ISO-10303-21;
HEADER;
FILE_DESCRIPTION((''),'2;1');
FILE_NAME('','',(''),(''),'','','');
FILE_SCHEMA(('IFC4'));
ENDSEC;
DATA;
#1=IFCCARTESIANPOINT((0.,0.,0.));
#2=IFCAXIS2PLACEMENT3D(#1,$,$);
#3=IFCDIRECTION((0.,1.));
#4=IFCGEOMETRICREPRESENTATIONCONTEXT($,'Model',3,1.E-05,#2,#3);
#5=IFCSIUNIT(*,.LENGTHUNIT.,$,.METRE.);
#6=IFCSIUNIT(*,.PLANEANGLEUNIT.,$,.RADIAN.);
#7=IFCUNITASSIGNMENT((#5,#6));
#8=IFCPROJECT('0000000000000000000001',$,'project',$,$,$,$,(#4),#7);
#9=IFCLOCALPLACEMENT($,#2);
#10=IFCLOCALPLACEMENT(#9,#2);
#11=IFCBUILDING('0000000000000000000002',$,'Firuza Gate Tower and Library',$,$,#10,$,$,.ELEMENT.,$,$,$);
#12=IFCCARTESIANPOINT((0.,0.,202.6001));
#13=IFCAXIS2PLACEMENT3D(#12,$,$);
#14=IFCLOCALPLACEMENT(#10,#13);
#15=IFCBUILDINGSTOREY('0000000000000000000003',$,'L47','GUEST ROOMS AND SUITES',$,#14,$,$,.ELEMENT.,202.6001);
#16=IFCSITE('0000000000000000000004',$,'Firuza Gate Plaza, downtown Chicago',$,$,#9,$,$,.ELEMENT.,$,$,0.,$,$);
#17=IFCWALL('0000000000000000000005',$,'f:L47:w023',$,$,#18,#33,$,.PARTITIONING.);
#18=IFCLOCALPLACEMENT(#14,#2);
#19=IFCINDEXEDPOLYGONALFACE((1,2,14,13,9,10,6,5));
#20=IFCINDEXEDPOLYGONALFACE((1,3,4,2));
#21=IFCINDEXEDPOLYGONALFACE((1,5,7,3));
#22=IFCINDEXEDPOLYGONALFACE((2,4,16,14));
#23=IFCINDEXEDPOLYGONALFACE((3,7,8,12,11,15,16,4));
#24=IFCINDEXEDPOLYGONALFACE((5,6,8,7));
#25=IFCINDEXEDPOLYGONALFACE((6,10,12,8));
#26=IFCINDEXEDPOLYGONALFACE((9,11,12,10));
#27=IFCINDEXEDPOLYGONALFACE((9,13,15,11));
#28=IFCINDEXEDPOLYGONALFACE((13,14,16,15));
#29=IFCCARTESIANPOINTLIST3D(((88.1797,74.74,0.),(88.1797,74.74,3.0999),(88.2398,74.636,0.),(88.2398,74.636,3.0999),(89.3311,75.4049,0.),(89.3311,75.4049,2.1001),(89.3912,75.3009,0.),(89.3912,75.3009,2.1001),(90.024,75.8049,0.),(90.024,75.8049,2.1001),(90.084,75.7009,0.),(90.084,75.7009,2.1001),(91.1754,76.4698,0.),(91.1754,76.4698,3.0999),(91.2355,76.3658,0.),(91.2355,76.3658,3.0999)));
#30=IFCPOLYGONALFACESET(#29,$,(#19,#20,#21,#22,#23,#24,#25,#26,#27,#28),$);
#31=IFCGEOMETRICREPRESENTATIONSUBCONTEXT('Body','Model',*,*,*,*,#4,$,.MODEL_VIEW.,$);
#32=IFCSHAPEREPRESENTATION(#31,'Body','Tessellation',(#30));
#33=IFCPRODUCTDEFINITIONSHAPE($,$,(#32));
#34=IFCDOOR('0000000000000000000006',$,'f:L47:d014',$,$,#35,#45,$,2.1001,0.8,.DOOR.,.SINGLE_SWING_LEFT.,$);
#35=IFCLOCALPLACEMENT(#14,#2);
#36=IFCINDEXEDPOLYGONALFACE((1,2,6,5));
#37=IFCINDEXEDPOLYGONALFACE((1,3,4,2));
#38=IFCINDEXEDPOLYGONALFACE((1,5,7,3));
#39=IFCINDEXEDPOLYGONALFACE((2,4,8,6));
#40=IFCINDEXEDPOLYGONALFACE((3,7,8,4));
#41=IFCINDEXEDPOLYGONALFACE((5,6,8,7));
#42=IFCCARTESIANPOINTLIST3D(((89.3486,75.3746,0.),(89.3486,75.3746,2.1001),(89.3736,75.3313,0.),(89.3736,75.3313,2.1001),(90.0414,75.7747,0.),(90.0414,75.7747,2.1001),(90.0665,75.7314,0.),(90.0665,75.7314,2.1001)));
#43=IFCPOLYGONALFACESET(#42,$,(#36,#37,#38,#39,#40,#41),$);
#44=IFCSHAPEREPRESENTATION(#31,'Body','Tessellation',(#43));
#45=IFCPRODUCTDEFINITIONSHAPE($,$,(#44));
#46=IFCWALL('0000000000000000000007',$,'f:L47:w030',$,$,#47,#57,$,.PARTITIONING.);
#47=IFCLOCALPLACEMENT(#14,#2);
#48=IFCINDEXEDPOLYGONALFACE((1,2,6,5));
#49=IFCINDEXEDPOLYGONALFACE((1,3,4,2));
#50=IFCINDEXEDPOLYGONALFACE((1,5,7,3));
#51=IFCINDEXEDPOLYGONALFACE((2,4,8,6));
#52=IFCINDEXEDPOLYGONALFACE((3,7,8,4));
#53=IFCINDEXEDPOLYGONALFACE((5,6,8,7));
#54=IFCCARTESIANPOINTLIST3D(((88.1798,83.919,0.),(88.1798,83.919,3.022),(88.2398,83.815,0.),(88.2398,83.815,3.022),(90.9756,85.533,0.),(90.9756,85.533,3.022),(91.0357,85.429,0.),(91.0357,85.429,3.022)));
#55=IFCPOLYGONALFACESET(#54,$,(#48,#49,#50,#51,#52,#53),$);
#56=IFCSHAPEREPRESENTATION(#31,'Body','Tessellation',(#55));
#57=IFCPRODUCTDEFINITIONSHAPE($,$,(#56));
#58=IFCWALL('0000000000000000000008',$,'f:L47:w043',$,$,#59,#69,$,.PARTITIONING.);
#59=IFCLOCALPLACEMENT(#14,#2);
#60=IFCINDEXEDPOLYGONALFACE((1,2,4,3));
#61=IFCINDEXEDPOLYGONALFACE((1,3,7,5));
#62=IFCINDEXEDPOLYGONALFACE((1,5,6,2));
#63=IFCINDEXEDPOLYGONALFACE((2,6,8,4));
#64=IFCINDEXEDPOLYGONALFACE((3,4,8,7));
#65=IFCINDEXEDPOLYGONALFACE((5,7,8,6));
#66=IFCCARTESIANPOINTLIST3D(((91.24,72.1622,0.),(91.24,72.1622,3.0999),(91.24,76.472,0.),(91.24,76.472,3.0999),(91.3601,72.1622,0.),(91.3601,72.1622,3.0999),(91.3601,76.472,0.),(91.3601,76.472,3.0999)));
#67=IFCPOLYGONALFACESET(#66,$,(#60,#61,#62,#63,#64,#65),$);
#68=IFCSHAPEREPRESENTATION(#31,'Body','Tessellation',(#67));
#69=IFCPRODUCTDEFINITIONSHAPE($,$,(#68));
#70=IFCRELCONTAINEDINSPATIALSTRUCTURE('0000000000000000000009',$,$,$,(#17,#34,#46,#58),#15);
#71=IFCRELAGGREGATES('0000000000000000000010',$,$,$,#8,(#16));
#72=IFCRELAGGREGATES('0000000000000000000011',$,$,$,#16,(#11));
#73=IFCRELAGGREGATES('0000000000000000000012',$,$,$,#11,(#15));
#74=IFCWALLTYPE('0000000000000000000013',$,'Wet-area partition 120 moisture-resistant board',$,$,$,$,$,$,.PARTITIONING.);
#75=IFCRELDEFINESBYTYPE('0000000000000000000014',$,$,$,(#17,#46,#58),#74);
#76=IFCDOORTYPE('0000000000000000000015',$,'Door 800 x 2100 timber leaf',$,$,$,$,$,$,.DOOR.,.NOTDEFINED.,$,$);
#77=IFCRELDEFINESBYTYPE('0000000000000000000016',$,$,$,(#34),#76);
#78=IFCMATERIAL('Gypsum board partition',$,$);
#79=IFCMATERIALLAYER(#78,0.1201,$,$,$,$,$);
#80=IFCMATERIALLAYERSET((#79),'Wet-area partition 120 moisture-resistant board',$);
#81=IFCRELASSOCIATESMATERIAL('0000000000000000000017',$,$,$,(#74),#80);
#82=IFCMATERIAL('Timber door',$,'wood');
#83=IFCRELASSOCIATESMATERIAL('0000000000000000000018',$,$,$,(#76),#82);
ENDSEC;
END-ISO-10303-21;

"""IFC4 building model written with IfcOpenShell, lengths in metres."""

from ifc_helpers import new_model, si_unit, direction, frame, frame_2d, origin, place, context, subcontext, project, spatial, rectangle, extrude, material, layer, layer_set, type_object, element, fill, save


model = new_model("IFC4")

# Units and contexts
model_context = context("Model", 3, precision=1e-05, world=origin(), true_north=direction((0.0, 1.0)))
body_context = subcontext(model_context, "Body", "Model", "MODEL_VIEW")
ifc_project = project(units=[si_unit("LENGTHUNIT", "METRE"), si_unit("PLANEANGLEUNIT", "RADIAN")], contexts=[model_context])

# Site, building, storey
site_placement = place(None, origin())
site = spatial("IfcSite", under=ifc_project, at=site_placement, Name="Firuza Gate Plaza, downtown Chicago", CompositionType="ELEMENT", RefElevation=0.0)
building_placement = place(site_placement, origin())
building = spatial("IfcBuilding", under=site, at=building_placement, Name="Firuza Gate Tower and Library", CompositionType="ELEMENT")
storey_placement = place(building_placement, frame((0.0, 0.0, 202.6001)))
storey = spatial("IfcBuildingStorey", under=building, at=storey_placement, Name="L47", Description="GUEST ROOMS AND SUITES", CompositionType="ELEMENT", Elevation=202.6001)

# Wall, opening, door
ifc_material_1 = material(Name="Gypsum board partition")
ifc_layer_1 = layer(ifc_material_1, 0.1201)
ifc_layer_set_1 = layer_set([ifc_layer_1], Name="Wet-area partition 120 moisture-resistant board")
wall_type_1 = type_object("IfcWallType", Name="Wet-area partition 120 moisture-resistant board", PredefinedType="PARTITIONING", material=ifc_layer_set_1)
wall_1_placement = place(storey_placement, frame((91.2053, 76.4177, 0.0), z_axis=(0.0, 0.0, 1.0), x_axis=(-0.865998, -0.500048, 0.0)))
wall_1 = element("IfcWall", 1, at=wall_1_placement, inside=storey, type_object=wall_type_1, Name="f:L47:w023", PredefinedType="PARTITIONING", context=body_context, shape_type="SweptSolid", body=[
    extrude(rectangle(XDim=3.4592, YDim=0.1201, at=frame_2d((1.7295, 0.0))), origin(), (0.0, 0.0, 1.0), 3.0999),
])
opening_1_placement = place(wall_1_placement, frame((1.3296, 0.0, 0.0)))
opening_1 = element("IfcOpeningElement", 2, at=opening_1_placement, cuts=wall_1, PredefinedType="OPENING", context=body_context, shape_type="SweptSolid", body=[
    extrude(rectangle(XDim=0.8, YDim=2.1001, at=frame_2d((0.3999, 1.05))), frame((0.0, 0.0701, 0.0), z_axis=(0.0, -1.0, 0.0), x_axis=(1.0, 0.0, 0.0)), (0.0, 0.0, 1.0), 0.1401),
])
ifc_material_2 = material(Name="Timber door", Category="wood")
door_type_1 = type_object("IfcDoorType", Name="Door 800 x 2100 timber leaf", OperationType="NOTDEFINED", PredefinedType="DOOR", material=ifc_material_2)
door_1_placement = place(opening_1_placement, origin())
door_1 = element("IfcDoor", 3, at=door_1_placement, inside=storey, type_object=door_type_1, Name="f:L47:d014", OperationType="SINGLE_SWING_LEFT", OverallHeight=2.1001, OverallWidth=0.8, PredefinedType="DOOR", context=body_context, shape_type="SweptSolid", body=[
    extrude(rectangle(XDim=0.8, YDim=2.1001, at=frame_2d((0.3999, 1.05))), frame((0.0, 0.0249, 0.0), z_axis=(0.0, -1.0, 0.0), x_axis=(1.0, 0.0, 0.0)), (0.0, 0.0, 1.0), 0.05),
])
fill(opening_1, door_1)

# Walls
wall_2_placement = place(storey_placement, frame((88.2097, 83.8669, 0.0), z_axis=(0.0, 0.0, 1.0), x_axis=(0.866052, 0.499954, 0.0)))
element("IfcWall", 4, at=wall_2_placement, inside=storey, type_object=wall_type_1, Name="f:L47:w030", PredefinedType="PARTITIONING", context=body_context, shape_type="SweptSolid", body=[
    extrude(rectangle(XDim=3.2283, YDim=0.1201, at=frame_2d((1.6143, 0.0))), origin(), (0.0, 0.0, 1.0), 3.022),
])
wall_3_placement = place(storey_placement, frame((91.3, 72.1624, 0.0), z_axis=(0.0, 0.0, 1.0), x_axis=(0.0, 1.0, 0.0)))
element("IfcWall", 5, at=wall_3_placement, inside=storey, type_object=wall_type_1, Name="f:L47:w043", PredefinedType="PARTITIONING", context=body_context, shape_type="SweptSolid", body=[
    extrude(rectangle(XDim=4.3098, YDim=0.1201, at=frame_2d((2.1548, 0.0))), origin(), (0.0, 0.0, 1.0), 3.0999),
])

save(model, "model.ifc")
